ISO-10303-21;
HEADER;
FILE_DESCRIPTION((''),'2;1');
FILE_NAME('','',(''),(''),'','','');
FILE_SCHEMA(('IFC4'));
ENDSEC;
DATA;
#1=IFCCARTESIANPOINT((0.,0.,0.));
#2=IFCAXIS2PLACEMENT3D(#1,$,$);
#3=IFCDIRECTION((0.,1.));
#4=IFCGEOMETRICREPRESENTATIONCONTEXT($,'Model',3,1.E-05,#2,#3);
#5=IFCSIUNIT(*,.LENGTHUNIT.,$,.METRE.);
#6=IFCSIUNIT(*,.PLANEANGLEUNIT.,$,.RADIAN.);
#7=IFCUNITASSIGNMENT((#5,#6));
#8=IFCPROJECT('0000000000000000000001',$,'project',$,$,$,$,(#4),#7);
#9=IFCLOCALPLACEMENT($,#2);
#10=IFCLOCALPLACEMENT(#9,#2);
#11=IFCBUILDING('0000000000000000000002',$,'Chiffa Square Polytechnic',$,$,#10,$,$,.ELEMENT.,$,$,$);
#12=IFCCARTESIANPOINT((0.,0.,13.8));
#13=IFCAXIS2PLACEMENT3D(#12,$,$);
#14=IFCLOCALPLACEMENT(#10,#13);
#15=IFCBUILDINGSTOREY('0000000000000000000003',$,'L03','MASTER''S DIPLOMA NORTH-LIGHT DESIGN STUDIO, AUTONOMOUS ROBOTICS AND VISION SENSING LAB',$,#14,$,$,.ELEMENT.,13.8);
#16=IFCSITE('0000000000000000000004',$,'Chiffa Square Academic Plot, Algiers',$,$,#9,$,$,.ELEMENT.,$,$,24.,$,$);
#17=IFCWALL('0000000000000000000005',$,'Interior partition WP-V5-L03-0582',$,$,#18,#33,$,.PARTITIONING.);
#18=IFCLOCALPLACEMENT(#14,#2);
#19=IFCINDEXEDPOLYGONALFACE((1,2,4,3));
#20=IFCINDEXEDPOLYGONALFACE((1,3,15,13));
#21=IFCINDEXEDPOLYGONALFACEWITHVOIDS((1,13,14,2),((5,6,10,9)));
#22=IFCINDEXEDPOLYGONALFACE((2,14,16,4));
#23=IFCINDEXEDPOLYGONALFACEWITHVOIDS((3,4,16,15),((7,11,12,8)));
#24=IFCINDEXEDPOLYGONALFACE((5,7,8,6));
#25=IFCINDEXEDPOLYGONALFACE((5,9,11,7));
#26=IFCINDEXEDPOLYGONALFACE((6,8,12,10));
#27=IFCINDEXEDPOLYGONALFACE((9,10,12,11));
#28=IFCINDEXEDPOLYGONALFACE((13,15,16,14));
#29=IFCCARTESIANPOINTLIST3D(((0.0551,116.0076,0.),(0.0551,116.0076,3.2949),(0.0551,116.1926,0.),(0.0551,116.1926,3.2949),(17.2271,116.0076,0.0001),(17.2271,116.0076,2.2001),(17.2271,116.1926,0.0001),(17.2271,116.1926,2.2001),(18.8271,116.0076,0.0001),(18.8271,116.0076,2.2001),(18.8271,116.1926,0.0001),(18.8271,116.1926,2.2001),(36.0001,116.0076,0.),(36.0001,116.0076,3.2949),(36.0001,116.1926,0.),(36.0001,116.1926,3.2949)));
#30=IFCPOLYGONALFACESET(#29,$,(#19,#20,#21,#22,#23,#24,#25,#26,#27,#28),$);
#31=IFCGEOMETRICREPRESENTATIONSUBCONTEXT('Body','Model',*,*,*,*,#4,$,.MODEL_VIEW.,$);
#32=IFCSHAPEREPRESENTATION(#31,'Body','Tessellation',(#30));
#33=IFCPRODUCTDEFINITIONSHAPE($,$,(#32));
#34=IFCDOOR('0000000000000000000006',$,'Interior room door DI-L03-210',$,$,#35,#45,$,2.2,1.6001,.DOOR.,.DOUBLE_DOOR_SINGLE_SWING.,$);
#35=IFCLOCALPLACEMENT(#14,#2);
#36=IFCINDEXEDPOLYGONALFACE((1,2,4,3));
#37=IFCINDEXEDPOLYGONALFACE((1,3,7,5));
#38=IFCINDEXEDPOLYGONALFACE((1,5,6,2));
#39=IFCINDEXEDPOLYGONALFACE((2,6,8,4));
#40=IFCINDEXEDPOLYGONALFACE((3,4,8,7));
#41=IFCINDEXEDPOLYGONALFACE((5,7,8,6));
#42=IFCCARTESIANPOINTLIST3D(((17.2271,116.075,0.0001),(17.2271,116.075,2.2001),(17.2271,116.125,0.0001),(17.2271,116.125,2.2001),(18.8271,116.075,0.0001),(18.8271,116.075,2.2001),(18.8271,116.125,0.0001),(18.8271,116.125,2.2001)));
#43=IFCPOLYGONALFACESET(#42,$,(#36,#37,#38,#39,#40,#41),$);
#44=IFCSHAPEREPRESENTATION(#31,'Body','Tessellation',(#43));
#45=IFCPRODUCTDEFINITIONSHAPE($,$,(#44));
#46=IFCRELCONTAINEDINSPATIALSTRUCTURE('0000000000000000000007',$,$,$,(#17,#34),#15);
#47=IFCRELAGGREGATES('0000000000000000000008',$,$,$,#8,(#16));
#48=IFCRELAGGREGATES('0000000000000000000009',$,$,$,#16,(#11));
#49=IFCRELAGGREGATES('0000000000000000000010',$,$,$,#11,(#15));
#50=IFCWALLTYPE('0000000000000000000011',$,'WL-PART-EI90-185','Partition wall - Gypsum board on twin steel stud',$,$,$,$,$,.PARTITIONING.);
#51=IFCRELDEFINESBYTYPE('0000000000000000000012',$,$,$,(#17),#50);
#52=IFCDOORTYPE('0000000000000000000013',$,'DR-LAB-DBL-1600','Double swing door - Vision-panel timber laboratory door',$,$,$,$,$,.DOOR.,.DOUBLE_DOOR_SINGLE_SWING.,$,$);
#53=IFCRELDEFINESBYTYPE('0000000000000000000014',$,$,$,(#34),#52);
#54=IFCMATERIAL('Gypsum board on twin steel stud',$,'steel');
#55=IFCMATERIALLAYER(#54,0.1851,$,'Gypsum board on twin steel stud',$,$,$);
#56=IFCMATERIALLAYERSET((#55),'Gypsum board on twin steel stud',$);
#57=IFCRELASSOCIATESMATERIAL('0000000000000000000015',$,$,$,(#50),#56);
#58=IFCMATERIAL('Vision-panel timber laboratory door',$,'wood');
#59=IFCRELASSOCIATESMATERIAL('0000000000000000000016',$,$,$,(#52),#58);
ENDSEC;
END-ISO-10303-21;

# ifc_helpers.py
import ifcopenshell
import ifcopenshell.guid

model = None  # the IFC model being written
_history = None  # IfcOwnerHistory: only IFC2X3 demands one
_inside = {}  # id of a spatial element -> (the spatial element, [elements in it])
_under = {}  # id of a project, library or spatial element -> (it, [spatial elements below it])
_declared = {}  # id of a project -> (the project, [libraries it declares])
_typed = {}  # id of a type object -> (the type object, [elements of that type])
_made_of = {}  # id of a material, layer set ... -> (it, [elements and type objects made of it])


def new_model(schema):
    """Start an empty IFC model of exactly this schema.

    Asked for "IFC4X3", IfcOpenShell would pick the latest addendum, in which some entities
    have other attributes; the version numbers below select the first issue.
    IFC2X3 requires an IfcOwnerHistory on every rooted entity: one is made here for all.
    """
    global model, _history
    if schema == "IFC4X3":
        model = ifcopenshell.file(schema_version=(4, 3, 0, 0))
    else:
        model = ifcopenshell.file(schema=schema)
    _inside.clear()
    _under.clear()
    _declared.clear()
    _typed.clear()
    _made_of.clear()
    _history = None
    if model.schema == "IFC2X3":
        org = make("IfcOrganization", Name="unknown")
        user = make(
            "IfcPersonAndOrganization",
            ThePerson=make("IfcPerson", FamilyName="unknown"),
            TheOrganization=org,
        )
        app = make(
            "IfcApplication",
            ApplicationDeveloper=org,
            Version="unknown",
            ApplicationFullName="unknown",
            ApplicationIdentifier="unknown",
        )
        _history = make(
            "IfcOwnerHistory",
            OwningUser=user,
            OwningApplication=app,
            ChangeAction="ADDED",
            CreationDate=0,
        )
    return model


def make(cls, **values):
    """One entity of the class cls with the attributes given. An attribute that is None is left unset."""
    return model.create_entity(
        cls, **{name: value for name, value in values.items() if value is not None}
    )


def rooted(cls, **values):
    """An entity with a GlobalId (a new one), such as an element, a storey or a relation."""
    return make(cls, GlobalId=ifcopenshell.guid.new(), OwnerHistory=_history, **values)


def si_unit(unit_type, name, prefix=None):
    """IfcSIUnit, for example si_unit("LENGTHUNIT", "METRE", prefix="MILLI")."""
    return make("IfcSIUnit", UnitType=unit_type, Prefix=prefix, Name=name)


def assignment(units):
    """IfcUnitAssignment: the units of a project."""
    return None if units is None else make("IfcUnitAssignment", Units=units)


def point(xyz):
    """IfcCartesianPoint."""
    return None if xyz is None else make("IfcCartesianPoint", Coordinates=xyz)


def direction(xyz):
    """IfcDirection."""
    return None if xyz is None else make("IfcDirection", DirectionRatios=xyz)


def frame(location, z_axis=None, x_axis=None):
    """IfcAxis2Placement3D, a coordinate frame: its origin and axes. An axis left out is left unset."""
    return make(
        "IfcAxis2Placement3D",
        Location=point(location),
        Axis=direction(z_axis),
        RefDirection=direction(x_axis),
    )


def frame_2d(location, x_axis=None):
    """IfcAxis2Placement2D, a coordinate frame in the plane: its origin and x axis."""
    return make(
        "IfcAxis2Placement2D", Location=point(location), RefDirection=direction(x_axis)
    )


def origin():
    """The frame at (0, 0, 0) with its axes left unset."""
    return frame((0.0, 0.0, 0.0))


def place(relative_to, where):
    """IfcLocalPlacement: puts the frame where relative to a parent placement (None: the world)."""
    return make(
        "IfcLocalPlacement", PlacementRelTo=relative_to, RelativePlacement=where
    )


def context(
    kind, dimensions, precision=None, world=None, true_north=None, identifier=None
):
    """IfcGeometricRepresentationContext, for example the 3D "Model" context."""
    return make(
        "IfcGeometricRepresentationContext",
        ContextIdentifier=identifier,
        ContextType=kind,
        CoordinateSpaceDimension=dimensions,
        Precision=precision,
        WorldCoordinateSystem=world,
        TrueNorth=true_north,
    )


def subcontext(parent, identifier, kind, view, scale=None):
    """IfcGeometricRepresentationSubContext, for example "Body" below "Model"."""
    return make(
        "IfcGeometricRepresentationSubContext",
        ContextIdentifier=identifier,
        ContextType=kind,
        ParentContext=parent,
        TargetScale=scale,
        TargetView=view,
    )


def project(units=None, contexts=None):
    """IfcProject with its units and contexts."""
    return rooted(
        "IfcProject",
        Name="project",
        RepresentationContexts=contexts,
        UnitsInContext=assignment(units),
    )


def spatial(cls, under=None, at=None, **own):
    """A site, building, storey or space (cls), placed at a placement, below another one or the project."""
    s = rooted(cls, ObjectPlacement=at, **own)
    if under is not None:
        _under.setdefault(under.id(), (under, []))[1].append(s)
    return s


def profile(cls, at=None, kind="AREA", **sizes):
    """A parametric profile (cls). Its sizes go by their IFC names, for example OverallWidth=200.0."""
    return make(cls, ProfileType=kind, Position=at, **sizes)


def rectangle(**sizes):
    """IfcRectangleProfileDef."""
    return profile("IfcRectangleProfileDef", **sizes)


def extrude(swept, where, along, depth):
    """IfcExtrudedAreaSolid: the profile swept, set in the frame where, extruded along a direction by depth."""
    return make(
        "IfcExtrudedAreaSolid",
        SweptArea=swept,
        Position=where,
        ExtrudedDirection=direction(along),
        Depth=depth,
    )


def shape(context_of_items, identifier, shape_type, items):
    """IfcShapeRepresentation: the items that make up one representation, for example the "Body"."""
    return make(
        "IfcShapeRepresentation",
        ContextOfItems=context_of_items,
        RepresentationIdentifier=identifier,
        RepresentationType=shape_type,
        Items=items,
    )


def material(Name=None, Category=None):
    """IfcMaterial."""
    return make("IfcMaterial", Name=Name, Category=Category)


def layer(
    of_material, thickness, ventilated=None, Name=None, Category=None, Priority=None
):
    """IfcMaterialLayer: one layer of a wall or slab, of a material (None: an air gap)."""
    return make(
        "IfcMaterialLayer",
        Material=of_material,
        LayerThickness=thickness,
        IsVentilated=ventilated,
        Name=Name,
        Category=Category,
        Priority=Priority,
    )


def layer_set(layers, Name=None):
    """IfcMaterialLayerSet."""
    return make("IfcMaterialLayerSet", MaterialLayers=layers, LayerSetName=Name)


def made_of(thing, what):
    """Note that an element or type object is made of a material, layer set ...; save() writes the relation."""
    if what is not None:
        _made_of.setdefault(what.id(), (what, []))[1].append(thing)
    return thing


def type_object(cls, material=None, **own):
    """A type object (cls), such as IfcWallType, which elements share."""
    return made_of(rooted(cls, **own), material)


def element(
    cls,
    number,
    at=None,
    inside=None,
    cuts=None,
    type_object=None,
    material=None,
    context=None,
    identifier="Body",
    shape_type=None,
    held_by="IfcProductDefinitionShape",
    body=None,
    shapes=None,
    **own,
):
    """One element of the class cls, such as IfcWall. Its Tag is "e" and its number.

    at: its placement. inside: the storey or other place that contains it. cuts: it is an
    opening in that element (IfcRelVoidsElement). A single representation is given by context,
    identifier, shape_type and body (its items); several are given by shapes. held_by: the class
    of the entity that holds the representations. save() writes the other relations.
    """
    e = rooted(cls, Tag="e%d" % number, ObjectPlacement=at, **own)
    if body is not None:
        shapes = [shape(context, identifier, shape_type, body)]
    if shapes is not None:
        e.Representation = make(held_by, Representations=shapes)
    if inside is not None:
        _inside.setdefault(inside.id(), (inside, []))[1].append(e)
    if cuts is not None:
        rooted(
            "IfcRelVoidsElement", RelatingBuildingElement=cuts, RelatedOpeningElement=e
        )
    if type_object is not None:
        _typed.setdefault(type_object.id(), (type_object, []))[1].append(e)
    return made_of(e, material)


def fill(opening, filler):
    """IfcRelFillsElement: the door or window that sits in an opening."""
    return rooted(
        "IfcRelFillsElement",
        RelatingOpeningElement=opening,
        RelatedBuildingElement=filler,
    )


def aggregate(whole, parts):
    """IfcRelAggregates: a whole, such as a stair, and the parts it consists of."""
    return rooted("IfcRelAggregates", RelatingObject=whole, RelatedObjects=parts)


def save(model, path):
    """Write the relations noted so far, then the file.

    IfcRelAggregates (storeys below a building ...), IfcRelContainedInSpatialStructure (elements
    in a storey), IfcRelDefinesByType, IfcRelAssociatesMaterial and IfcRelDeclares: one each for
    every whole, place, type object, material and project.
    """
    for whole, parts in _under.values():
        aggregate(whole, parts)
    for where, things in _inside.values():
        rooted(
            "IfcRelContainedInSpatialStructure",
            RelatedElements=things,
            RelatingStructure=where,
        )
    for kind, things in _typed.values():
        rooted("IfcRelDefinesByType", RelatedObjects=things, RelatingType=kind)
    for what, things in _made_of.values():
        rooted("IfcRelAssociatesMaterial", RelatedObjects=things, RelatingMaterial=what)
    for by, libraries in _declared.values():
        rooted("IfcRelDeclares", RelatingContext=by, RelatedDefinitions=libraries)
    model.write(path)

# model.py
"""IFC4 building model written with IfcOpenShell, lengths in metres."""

from ifc_helpers import new_model, si_unit, direction, frame, frame_2d, origin, place, context, subcontext, project, spatial, rectangle, extrude, material, layer, layer_set, type_object, element, fill, save


model = new_model("IFC4")

# Units and contexts
model_context = context("Model", 3, precision=1e-05, world=origin(), true_north=direction((0.0, 1.0)))
body_context = subcontext(model_context, "Body", "Model", "MODEL_VIEW")
ifc_project = project(units=[si_unit("LENGTHUNIT", "METRE"), si_unit("PLANEANGLEUNIT", "RADIAN")], contexts=[model_context])

# Site, building, storey
site_placement = place(None, origin())
site = spatial("IfcSite", under=ifc_project, at=site_placement, Name="Chiffa Square Academic Plot, Algiers", CompositionType="ELEMENT", RefElevation=24.0)
building_placement = place(site_placement, origin())
building = spatial("IfcBuilding", under=site, at=building_placement, Name="Chiffa Square Polytechnic", CompositionType="ELEMENT")
storey_placement = place(building_placement, frame((0.0, 0.0, 13.8)))
storey = spatial("IfcBuildingStorey", under=building, at=storey_placement, Name="L03", Description="MASTER'S DIPLOMA NORTH-LIGHT DESIGN STUDIO, AUTONOMOUS ROBOTICS AND VISION SENSING LAB", CompositionType="ELEMENT", Elevation=13.8)

# Wall, opening, door
ifc_material_1 = material(Name="Gypsum board on twin steel stud", Category="steel")
ifc_layer_1 = layer(ifc_material_1, 0.1851, Name="Gypsum board on twin steel stud")
ifc_layer_set_1 = layer_set([ifc_layer_1], Name="Gypsum board on twin steel stud")
wall_type_1 = type_object("IfcWallType", Name="WL-PART-EI90-185", Description="Partition wall - Gypsum board on twin steel stud", PredefinedType="PARTITIONING", material=ifc_layer_set_1)
wall_1_placement = place(storey_placement, frame((0.0549, 116.1001, 0.0), z_axis=(0.0, 0.0, 1.0), x_axis=(1.0, 0.0, 0.0)))
wall_1 = element("IfcWall", 1, at=wall_1_placement, inside=storey, type_object=wall_type_1, Name="Interior partition WP-V5-L03-0582", PredefinedType="PARTITIONING", context=body_context, shape_type="SweptSolid", body=[
    extrude(rectangle(XDim=35.9451, YDim=0.1851, at=frame_2d((17.9727, 0.0))), origin(), (0.0, 0.0, 1.0), 3.2949),
])
opening_placement = place(wall_1_placement, frame((17.1721, 0.0, 0.0)))
opening = element("IfcOpeningElement", 2, at=opening_placement, cuts=wall_1, PredefinedType="OPENING", context=body_context, shape_type="SweptSolid", body=[
    extrude(rectangle(XDim=1.6001, YDim=2.2, at=frame_2d((0.8, 1.1001))), frame((0.0, 0.1025, 0.0), z_axis=(0.0, -1.0, 0.0), x_axis=(1.0, 0.0, 0.0)), (0.0, 0.0, 1.0), 0.2051),
])
ifc_material_2 = material(Name="Vision-panel timber laboratory door", Category="wood")
door_type = type_object("IfcDoorType", Name="DR-LAB-DBL-1600", Description="Double swing door - Vision-panel timber laboratory door", OperationType="DOUBLE_DOOR_SINGLE_SWING", PredefinedType="DOOR", material=ifc_material_2)
door_placement = place(opening_placement, origin())
door = element("IfcDoor", 3, at=door_placement, inside=storey, type_object=door_type, Name="Interior room door DI-L03-210", OperationType="DOUBLE_DOOR_SINGLE_SWING", OverallHeight=2.2, OverallWidth=1.6001, PredefinedType="DOOR", context=body_context, shape_type="SweptSolid", body=[
    extrude(rectangle(XDim=1.6001, YDim=2.2, at=frame_2d((0.8, 1.1001))), frame((0.0, 0.0249, 0.0), z_axis=(0.0, -1.0, 0.0), x_axis=(1.0, 0.0, 0.0)), (0.0, 0.0, 1.0), 0.05),
])
fill(opening, door)

save(model, "model.ifc")
